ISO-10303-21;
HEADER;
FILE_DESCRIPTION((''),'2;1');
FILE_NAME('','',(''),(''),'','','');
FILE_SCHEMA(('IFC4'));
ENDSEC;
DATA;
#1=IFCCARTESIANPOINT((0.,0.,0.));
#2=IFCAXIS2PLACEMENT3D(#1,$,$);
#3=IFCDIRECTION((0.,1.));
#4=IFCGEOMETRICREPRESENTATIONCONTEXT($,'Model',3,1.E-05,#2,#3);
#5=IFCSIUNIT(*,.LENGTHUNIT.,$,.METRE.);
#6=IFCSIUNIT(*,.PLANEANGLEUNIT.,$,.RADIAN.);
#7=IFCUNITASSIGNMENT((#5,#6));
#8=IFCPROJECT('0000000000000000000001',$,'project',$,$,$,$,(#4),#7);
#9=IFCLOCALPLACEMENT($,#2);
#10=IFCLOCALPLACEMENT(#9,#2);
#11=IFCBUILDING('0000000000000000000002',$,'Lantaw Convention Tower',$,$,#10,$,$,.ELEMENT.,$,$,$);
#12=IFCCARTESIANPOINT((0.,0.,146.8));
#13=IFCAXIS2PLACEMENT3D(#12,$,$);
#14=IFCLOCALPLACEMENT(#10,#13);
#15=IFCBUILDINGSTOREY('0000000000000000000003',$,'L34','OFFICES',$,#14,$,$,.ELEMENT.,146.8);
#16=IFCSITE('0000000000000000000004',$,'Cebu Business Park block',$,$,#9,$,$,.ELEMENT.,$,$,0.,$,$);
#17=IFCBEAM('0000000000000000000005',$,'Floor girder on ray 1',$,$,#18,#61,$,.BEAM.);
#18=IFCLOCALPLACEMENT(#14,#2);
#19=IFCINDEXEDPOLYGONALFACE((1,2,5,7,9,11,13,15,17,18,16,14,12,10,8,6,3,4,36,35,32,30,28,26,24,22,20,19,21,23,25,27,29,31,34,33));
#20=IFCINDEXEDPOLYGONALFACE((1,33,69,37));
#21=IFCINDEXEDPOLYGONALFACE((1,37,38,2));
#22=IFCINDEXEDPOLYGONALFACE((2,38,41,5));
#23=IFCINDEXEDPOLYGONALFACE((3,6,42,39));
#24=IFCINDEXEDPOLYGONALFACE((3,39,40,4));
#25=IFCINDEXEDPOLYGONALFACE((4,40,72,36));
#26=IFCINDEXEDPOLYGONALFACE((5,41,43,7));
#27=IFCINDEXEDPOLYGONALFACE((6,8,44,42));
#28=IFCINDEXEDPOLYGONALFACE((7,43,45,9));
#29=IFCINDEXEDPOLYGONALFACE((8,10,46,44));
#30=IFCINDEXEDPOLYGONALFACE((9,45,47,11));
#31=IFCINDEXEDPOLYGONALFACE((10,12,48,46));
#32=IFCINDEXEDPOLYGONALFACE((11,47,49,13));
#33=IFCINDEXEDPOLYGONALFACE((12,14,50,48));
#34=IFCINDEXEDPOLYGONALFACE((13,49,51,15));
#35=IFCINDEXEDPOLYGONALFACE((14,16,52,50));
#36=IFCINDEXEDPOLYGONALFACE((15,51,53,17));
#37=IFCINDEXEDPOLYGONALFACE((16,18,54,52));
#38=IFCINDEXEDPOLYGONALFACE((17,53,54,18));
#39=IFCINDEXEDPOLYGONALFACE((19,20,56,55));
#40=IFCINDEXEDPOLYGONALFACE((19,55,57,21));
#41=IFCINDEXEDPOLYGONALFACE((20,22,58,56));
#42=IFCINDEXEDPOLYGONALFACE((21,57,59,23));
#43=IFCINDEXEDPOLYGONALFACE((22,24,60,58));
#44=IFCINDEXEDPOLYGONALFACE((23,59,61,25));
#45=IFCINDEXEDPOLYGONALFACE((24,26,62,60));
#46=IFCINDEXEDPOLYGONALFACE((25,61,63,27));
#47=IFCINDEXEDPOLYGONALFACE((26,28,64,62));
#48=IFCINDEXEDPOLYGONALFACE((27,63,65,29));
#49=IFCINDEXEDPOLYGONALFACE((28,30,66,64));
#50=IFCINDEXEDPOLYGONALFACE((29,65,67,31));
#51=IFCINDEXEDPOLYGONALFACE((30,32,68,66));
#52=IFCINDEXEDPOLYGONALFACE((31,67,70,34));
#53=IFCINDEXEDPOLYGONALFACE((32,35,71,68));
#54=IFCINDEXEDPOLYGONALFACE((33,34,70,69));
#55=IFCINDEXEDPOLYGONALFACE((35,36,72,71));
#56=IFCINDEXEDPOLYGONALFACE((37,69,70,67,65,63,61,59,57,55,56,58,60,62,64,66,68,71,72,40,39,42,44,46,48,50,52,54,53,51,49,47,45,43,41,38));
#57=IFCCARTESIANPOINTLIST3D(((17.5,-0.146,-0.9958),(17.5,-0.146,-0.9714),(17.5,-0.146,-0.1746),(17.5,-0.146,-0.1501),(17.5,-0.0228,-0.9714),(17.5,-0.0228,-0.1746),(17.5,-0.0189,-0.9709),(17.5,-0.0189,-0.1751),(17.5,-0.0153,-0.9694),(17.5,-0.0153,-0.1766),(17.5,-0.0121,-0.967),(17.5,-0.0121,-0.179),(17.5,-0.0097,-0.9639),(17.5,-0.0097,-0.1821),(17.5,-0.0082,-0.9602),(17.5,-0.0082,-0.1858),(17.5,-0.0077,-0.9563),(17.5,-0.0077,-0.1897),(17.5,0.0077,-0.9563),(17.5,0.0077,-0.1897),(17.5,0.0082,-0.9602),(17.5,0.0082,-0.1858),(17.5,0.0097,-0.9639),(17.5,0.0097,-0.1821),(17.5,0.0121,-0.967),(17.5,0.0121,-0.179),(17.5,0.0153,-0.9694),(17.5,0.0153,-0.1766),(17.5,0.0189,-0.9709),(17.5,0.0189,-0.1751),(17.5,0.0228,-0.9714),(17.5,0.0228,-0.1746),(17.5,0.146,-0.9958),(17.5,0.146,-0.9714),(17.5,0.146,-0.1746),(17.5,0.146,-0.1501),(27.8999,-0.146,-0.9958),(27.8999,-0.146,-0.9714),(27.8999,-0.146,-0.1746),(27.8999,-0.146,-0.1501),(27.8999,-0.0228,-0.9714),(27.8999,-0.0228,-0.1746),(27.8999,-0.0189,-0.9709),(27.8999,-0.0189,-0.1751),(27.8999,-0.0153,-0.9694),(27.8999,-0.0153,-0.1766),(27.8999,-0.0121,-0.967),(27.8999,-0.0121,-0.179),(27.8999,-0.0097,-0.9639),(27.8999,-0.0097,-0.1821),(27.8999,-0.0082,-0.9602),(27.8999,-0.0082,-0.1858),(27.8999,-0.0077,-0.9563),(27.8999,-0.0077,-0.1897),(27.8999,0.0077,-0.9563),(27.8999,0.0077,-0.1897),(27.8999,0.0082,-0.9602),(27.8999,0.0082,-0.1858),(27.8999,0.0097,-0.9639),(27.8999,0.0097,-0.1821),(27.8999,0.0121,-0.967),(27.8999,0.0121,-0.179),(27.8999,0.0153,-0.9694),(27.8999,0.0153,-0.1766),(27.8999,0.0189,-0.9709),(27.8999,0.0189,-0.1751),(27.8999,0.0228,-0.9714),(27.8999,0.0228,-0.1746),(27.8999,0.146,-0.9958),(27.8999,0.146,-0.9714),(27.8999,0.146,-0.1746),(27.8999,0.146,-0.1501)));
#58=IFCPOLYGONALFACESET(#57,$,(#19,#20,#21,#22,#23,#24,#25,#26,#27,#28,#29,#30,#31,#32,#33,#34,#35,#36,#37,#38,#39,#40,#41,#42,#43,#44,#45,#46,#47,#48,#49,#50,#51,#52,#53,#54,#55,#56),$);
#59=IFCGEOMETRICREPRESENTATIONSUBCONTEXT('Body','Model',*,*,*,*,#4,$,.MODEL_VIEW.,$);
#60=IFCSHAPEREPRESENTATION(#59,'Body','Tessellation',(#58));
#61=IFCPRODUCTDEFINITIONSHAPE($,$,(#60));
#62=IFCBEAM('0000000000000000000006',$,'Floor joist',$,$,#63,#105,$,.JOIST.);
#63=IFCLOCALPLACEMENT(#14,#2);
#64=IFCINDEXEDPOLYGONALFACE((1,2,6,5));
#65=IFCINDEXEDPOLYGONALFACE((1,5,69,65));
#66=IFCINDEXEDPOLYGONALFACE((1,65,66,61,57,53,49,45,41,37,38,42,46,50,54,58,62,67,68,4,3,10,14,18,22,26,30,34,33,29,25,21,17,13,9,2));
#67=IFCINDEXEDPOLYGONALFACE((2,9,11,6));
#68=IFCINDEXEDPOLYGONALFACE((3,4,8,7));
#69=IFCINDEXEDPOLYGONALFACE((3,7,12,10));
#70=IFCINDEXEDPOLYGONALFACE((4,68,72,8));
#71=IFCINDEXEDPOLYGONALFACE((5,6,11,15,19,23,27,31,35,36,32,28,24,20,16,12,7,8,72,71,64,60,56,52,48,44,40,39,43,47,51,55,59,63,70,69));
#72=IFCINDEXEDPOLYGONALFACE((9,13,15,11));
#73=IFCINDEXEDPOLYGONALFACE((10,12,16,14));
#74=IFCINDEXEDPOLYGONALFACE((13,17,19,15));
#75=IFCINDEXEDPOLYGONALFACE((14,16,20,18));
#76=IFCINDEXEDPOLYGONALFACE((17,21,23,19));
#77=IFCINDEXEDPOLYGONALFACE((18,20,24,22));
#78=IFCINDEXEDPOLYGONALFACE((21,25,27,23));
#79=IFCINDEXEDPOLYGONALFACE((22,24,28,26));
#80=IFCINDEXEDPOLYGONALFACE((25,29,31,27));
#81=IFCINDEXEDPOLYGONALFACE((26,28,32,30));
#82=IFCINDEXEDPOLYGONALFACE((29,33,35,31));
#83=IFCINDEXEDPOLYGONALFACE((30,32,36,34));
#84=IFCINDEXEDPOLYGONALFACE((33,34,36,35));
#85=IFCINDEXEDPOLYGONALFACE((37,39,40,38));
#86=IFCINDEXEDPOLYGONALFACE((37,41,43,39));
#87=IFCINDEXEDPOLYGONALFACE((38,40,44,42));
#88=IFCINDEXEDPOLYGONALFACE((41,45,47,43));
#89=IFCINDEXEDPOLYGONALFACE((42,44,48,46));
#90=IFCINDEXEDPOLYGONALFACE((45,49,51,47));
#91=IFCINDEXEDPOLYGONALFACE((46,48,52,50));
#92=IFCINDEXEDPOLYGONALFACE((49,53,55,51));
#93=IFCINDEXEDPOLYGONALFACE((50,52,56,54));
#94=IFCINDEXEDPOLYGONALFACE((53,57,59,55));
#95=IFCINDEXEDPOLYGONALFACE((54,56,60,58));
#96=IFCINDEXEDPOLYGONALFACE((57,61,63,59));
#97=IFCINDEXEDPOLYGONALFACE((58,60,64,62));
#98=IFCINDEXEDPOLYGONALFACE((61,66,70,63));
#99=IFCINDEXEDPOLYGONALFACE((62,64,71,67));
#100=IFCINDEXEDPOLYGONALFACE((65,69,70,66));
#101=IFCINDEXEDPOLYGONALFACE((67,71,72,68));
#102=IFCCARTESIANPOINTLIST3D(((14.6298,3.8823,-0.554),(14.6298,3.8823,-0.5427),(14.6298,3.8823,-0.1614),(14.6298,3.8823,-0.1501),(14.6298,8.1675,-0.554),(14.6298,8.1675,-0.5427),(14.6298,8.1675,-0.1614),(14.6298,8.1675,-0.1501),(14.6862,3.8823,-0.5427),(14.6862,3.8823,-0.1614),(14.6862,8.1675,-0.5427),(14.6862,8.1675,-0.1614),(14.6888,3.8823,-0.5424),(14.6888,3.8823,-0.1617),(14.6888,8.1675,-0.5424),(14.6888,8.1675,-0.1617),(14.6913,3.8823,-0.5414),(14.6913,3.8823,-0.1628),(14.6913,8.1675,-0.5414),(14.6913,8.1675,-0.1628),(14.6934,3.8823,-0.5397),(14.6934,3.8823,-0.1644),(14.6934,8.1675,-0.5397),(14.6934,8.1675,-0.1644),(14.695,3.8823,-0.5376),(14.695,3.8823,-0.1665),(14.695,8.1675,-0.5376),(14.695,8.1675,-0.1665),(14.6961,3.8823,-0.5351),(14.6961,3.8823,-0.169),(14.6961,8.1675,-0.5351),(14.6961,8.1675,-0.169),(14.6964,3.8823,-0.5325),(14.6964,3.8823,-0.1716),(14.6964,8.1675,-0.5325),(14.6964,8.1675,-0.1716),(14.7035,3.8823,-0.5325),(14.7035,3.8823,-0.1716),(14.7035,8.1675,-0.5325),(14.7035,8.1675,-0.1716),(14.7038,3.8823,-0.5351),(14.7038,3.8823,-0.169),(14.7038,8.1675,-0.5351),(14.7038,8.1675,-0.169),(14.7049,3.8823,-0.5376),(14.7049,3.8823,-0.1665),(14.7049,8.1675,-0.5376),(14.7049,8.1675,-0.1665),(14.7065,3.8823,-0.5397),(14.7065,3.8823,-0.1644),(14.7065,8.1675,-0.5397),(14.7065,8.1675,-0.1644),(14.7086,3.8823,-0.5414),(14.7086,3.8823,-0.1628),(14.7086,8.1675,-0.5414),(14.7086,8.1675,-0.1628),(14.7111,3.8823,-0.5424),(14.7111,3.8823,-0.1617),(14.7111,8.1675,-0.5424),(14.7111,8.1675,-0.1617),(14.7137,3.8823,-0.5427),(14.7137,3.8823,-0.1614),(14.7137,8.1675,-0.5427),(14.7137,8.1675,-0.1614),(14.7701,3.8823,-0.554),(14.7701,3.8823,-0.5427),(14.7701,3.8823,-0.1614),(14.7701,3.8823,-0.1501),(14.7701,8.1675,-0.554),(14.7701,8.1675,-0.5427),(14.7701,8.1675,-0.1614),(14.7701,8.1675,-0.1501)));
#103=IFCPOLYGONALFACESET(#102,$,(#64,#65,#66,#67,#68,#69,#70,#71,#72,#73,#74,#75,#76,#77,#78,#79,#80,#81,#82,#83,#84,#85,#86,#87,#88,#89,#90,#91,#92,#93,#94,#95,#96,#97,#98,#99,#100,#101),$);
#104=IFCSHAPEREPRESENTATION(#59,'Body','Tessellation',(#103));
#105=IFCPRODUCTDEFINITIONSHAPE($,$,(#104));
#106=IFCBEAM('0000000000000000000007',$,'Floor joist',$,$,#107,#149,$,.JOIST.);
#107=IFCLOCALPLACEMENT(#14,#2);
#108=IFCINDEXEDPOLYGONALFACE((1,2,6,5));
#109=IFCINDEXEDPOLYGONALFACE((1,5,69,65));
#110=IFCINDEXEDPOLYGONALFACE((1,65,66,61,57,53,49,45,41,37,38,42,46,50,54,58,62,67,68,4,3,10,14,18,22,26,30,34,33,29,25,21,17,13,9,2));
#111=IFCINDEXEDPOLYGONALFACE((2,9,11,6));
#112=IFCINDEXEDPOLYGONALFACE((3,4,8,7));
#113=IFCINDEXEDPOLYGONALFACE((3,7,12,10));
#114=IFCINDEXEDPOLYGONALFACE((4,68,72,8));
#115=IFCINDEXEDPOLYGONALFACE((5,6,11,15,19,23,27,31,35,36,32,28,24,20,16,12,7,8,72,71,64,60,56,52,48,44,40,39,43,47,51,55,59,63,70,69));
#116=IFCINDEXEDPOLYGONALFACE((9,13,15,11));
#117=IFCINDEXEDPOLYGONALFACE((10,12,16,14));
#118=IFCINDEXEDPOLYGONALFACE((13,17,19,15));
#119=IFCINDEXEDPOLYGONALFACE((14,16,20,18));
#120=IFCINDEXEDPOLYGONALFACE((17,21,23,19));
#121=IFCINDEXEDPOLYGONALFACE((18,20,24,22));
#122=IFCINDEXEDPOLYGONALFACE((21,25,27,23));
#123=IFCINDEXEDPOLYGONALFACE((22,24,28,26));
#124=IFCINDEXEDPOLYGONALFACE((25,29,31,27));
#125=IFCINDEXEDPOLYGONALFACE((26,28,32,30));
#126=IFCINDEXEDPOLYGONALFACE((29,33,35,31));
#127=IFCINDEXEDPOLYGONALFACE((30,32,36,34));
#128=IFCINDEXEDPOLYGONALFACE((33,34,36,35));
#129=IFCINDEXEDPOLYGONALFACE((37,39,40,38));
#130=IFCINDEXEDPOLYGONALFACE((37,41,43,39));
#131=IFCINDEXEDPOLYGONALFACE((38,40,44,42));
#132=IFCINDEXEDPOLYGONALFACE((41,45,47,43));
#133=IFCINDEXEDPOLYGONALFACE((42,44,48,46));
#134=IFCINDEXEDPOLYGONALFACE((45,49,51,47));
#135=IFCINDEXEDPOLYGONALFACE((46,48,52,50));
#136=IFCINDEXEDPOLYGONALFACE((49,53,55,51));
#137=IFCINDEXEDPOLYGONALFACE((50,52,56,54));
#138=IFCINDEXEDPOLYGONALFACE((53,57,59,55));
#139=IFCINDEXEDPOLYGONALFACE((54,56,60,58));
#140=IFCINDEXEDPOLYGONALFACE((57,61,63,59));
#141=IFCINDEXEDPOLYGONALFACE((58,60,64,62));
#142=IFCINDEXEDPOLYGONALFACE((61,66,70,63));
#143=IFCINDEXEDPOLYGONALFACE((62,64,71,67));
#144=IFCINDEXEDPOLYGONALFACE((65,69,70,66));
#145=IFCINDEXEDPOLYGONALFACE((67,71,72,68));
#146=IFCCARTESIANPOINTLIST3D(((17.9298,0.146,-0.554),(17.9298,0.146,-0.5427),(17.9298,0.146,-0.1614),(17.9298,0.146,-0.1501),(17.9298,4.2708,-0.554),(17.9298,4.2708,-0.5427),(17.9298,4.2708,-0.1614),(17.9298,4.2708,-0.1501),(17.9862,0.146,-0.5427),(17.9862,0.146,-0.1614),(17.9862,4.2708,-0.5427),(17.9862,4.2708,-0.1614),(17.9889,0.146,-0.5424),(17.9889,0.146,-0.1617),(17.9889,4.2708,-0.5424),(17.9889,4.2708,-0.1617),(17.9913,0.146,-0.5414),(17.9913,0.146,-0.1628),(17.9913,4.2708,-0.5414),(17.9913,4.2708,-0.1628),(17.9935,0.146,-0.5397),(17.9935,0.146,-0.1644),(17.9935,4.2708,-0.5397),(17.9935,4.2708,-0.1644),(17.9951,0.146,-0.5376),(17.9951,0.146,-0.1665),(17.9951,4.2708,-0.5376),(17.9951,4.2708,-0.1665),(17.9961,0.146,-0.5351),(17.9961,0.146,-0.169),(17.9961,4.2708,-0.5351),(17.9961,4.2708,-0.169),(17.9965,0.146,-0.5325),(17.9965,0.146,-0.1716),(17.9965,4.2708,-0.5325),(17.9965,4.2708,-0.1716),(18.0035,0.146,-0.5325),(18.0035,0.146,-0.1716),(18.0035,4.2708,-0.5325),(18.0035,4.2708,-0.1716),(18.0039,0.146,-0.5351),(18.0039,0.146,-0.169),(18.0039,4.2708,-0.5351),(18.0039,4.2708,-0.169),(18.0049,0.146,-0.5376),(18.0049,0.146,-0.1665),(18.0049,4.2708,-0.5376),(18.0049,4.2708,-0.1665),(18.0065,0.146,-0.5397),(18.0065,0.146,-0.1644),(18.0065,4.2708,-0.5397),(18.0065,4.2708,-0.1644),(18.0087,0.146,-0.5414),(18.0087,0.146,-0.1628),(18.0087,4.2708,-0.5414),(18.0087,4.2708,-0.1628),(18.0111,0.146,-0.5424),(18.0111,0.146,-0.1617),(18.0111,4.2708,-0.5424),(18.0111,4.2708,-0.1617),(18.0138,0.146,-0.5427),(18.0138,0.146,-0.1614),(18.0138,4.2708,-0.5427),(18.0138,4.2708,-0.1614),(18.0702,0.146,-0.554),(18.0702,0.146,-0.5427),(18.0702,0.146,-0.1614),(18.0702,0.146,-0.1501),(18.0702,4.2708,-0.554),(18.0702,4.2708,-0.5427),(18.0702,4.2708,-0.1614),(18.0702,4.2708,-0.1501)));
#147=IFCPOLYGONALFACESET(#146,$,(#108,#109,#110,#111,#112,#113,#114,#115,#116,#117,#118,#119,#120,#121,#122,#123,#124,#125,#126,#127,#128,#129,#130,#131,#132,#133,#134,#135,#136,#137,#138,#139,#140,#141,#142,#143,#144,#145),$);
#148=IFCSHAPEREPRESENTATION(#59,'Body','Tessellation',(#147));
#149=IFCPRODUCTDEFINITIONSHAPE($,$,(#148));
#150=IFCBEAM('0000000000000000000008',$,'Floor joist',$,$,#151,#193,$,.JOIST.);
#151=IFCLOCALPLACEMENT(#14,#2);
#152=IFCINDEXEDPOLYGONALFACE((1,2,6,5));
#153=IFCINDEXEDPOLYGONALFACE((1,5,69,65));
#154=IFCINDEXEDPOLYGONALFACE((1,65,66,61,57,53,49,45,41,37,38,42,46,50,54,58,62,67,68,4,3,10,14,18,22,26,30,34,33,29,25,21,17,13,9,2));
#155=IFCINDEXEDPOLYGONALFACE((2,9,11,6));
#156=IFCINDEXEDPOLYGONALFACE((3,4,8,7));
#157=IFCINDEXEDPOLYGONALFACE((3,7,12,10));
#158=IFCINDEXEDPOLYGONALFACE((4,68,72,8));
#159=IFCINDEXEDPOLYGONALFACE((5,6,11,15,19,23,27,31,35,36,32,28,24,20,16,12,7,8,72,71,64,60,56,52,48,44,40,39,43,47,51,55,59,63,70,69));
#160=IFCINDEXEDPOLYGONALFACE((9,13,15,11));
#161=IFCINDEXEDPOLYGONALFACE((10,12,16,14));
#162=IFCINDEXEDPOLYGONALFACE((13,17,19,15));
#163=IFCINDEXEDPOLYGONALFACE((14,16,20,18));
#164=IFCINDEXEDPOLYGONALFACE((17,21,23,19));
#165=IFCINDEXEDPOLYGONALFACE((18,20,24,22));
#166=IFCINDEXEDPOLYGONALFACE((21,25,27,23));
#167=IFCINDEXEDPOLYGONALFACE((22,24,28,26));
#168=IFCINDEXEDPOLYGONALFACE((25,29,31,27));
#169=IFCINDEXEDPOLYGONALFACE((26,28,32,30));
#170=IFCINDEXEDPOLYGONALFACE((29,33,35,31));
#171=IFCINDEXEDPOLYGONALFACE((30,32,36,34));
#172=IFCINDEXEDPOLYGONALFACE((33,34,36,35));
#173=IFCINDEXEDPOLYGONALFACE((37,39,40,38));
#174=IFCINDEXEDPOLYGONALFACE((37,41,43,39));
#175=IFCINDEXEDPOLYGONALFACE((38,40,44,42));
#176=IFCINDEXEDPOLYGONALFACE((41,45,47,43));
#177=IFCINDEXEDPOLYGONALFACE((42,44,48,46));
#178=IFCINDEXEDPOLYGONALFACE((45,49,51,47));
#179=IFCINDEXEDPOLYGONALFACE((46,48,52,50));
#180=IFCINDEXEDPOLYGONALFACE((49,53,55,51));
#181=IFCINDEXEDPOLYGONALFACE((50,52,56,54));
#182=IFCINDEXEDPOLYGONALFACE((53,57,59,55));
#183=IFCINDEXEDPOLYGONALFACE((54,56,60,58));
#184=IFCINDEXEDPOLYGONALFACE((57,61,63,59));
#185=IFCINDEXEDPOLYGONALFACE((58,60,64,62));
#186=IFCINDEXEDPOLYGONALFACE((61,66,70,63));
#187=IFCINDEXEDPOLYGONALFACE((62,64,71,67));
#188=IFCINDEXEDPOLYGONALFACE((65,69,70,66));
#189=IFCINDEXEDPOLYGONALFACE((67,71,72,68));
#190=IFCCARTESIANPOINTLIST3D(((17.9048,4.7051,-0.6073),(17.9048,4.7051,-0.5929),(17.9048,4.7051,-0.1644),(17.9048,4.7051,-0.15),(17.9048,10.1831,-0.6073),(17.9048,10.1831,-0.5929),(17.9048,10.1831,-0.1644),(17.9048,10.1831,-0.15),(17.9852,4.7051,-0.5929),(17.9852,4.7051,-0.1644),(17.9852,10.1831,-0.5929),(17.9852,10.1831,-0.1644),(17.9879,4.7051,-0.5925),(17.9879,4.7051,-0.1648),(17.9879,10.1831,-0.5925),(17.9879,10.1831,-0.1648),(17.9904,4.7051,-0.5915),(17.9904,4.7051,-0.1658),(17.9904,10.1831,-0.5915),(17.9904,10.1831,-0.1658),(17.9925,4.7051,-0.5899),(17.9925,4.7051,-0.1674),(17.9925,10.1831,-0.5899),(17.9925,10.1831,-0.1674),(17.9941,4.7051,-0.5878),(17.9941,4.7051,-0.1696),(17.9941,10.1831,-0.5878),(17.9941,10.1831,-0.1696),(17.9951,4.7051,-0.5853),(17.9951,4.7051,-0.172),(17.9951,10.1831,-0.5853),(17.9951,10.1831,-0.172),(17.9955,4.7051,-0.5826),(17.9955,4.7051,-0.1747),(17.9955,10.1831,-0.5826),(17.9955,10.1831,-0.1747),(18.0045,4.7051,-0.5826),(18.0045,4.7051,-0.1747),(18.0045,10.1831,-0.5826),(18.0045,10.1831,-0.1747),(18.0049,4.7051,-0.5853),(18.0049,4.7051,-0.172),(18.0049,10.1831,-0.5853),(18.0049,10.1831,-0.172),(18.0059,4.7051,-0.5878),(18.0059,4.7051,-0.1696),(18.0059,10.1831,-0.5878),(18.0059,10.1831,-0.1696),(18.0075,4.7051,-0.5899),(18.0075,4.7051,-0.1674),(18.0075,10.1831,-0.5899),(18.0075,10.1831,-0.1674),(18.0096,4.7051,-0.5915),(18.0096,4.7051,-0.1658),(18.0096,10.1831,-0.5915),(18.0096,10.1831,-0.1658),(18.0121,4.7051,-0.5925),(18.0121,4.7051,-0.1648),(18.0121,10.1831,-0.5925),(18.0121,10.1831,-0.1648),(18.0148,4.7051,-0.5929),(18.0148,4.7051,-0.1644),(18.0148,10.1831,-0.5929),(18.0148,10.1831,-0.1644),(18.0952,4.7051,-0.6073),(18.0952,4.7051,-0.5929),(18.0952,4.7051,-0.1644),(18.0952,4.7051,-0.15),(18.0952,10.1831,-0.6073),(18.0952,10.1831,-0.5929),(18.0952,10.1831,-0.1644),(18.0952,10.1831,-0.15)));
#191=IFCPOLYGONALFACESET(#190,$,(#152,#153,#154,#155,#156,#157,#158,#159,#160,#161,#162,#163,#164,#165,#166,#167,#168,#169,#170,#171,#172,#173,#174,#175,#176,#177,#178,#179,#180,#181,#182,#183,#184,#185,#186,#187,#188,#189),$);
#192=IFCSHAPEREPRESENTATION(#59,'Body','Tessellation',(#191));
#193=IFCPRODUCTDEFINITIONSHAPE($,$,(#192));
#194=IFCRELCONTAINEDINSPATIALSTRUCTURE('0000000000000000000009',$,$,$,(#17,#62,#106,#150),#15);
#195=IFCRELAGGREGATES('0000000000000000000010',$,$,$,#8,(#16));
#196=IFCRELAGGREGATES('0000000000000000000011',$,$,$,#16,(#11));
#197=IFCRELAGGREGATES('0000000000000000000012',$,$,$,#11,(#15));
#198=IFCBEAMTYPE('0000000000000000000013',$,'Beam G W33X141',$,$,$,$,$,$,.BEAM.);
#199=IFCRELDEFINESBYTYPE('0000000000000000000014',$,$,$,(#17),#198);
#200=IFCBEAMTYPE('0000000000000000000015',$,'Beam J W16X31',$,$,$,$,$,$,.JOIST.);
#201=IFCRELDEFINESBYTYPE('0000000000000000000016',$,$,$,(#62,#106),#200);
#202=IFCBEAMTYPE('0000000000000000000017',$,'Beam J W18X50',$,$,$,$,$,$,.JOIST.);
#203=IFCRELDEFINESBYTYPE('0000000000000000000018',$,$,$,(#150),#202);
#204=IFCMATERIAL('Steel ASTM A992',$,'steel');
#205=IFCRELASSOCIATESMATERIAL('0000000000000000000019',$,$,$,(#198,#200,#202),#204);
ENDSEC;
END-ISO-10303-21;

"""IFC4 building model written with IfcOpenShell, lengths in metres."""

from ifc_helpers import new_model, si_unit, direction, frame, origin, origin_2d, place, context, subcontext, project, spatial, i_section, extrude, material, material_profile, profile_set, type_object, element, save


model = new_model("IFC4")

# Units and contexts
model_context = context("Model", 3, precision=1e-05, world=origin(), true_north=direction((0.0, 1.0)))
body_context = subcontext(model_context, "Body", "Model", "MODEL_VIEW")
ifc_project = project(units=[si_unit("LENGTHUNIT", "METRE"), si_unit("PLANEANGLEUNIT", "RADIAN")], contexts=[model_context])

# Site, building, storey
site_placement = place(None, origin())
site = spatial("IfcSite", under=ifc_project, at=site_placement, Name="Cebu Business Park block", CompositionType="ELEMENT", RefElevation=0.0)
building_placement = place(site_placement, origin())
building = spatial("IfcBuilding", under=site, at=building_placement, Name="Lantaw Convention Tower", CompositionType="ELEMENT")
storey_placement = place(building_placement, frame((0.0, 0.0, 146.8)))
storey = spatial("IfcBuildingStorey", under=building, at=storey_placement, Name="L34", Description="OFFICES", CompositionType="ELEMENT", Elevation=146.8)

# Beams
ifc_material_1 = material(Name="Steel ASTM A992", Category="steel")
ifc_material_profile_1 = material_profile(ifc_material_1, i_section(OverallWidth=0.292, OverallDepth=0.8457, WebThickness=0.0154, FlangeThickness=0.0244, FilletRadius=0.0151, at=origin_2d()), Name="W33X141")
ifc_profile_set_1 = profile_set([ifc_material_profile_1], Name="Steel ASTM A992")
beam_type_1 = type_object("IfcBeamType", Name="Beam G W33X141", PredefinedType="BEAM", material=ifc_profile_set_1)
beam_1_placement = place(storey_placement, frame((17.5, 0.0, -0.573), z_axis=(1.0, 0.0, 0.0), x_axis=(0.0, 1.0, 0.0)))
element("IfcBeam", 1, at=beam_1_placement, inside=storey, type_object=beam_type_1, Name="Floor girder on ray 1", PredefinedType="BEAM", context=body_context, shape_type="SweptSolid", body=[
    extrude(i_section(OverallWidth=0.292, OverallDepth=0.8457, WebThickness=0.0154, FlangeThickness=0.0244, FilletRadius=0.0151, at=origin_2d()), origin(), (0.0, 0.0, 1.0), 10.3999),
])
ifc_material_profile_2 = material_profile(ifc_material_1, i_section(OverallWidth=0.1404, OverallDepth=0.4038, WebThickness=0.0071, FlangeThickness=0.0112, FilletRadius=0.0103, at=origin_2d()), Name="W16X31")
ifc_profile_set_2 = profile_set([ifc_material_profile_2], Name="Steel ASTM A992")
beam_type_2 = type_object("IfcBeamType", Name="Beam J W16X31", PredefinedType="JOIST", material=ifc_profile_set_2)
beam_2_placement = place(storey_placement, frame((14.7, 3.8823, -0.3521), z_axis=(0.0, 1.0, 0.0), x_axis=(-1.0, 0.0, 0.0)))
element("IfcBeam", 2, at=beam_2_placement, inside=storey, type_object=beam_type_2, Name="Floor joist", PredefinedType="JOIST", context=body_context, shape_type="SweptSolid", body=[
    extrude(i_section(OverallWidth=0.1404, OverallDepth=0.4038, WebThickness=0.0071, FlangeThickness=0.0112, FilletRadius=0.0103, at=origin_2d()), origin(), (0.0, 0.0, 1.0), 4.2852),
])
beam_3_placement = place(storey_placement, frame((18.0, 0.146, -0.3521), z_axis=(0.0, 1.0, 0.0), x_axis=(-1.0, 0.0, 0.0)))
element("IfcBeam", 3, at=beam_3_placement, inside=storey, type_object=beam_type_2, Name="Floor joist", PredefinedType="JOIST", context=body_context, shape_type="SweptSolid", body=[
    extrude(i_section(OverallWidth=0.1404, OverallDepth=0.4038, WebThickness=0.0071, FlangeThickness=0.0112, FilletRadius=0.0103, at=origin_2d()), origin(), (0.0, 0.0, 1.0), 4.1248),
])
ifc_material_profile_3 = material_profile(ifc_material_1, i_section(OverallWidth=0.1904, OverallDepth=0.4573, WebThickness=0.009, FlangeThickness=0.0144, FilletRadius=0.0103, at=origin_2d()), Name="W18X50")
ifc_profile_set_3 = profile_set([ifc_material_profile_3], Name="Steel ASTM A992")
beam_type_3 = type_object("IfcBeamType", Name="Beam J W18X50", PredefinedType="JOIST", material=ifc_profile_set_3)
beam_4_placement = place(storey_placement, frame((18.0, 4.7051, -0.3787), z_axis=(0.0, 1.0, 0.0), x_axis=(-1.0, 0.0, 0.0)))
element("IfcBeam", 4, at=beam_4_placement, inside=storey, type_object=beam_type_3, Name="Floor joist", PredefinedType="JOIST", context=body_context, shape_type="SweptSolid", body=[
    extrude(i_section(OverallWidth=0.1904, OverallDepth=0.4573, WebThickness=0.009, FlangeThickness=0.0144, FilletRadius=0.0103, at=origin_2d()), origin(), (0.0, 0.0, 1.0), 5.478),
])

save(model, "model.ifc")
